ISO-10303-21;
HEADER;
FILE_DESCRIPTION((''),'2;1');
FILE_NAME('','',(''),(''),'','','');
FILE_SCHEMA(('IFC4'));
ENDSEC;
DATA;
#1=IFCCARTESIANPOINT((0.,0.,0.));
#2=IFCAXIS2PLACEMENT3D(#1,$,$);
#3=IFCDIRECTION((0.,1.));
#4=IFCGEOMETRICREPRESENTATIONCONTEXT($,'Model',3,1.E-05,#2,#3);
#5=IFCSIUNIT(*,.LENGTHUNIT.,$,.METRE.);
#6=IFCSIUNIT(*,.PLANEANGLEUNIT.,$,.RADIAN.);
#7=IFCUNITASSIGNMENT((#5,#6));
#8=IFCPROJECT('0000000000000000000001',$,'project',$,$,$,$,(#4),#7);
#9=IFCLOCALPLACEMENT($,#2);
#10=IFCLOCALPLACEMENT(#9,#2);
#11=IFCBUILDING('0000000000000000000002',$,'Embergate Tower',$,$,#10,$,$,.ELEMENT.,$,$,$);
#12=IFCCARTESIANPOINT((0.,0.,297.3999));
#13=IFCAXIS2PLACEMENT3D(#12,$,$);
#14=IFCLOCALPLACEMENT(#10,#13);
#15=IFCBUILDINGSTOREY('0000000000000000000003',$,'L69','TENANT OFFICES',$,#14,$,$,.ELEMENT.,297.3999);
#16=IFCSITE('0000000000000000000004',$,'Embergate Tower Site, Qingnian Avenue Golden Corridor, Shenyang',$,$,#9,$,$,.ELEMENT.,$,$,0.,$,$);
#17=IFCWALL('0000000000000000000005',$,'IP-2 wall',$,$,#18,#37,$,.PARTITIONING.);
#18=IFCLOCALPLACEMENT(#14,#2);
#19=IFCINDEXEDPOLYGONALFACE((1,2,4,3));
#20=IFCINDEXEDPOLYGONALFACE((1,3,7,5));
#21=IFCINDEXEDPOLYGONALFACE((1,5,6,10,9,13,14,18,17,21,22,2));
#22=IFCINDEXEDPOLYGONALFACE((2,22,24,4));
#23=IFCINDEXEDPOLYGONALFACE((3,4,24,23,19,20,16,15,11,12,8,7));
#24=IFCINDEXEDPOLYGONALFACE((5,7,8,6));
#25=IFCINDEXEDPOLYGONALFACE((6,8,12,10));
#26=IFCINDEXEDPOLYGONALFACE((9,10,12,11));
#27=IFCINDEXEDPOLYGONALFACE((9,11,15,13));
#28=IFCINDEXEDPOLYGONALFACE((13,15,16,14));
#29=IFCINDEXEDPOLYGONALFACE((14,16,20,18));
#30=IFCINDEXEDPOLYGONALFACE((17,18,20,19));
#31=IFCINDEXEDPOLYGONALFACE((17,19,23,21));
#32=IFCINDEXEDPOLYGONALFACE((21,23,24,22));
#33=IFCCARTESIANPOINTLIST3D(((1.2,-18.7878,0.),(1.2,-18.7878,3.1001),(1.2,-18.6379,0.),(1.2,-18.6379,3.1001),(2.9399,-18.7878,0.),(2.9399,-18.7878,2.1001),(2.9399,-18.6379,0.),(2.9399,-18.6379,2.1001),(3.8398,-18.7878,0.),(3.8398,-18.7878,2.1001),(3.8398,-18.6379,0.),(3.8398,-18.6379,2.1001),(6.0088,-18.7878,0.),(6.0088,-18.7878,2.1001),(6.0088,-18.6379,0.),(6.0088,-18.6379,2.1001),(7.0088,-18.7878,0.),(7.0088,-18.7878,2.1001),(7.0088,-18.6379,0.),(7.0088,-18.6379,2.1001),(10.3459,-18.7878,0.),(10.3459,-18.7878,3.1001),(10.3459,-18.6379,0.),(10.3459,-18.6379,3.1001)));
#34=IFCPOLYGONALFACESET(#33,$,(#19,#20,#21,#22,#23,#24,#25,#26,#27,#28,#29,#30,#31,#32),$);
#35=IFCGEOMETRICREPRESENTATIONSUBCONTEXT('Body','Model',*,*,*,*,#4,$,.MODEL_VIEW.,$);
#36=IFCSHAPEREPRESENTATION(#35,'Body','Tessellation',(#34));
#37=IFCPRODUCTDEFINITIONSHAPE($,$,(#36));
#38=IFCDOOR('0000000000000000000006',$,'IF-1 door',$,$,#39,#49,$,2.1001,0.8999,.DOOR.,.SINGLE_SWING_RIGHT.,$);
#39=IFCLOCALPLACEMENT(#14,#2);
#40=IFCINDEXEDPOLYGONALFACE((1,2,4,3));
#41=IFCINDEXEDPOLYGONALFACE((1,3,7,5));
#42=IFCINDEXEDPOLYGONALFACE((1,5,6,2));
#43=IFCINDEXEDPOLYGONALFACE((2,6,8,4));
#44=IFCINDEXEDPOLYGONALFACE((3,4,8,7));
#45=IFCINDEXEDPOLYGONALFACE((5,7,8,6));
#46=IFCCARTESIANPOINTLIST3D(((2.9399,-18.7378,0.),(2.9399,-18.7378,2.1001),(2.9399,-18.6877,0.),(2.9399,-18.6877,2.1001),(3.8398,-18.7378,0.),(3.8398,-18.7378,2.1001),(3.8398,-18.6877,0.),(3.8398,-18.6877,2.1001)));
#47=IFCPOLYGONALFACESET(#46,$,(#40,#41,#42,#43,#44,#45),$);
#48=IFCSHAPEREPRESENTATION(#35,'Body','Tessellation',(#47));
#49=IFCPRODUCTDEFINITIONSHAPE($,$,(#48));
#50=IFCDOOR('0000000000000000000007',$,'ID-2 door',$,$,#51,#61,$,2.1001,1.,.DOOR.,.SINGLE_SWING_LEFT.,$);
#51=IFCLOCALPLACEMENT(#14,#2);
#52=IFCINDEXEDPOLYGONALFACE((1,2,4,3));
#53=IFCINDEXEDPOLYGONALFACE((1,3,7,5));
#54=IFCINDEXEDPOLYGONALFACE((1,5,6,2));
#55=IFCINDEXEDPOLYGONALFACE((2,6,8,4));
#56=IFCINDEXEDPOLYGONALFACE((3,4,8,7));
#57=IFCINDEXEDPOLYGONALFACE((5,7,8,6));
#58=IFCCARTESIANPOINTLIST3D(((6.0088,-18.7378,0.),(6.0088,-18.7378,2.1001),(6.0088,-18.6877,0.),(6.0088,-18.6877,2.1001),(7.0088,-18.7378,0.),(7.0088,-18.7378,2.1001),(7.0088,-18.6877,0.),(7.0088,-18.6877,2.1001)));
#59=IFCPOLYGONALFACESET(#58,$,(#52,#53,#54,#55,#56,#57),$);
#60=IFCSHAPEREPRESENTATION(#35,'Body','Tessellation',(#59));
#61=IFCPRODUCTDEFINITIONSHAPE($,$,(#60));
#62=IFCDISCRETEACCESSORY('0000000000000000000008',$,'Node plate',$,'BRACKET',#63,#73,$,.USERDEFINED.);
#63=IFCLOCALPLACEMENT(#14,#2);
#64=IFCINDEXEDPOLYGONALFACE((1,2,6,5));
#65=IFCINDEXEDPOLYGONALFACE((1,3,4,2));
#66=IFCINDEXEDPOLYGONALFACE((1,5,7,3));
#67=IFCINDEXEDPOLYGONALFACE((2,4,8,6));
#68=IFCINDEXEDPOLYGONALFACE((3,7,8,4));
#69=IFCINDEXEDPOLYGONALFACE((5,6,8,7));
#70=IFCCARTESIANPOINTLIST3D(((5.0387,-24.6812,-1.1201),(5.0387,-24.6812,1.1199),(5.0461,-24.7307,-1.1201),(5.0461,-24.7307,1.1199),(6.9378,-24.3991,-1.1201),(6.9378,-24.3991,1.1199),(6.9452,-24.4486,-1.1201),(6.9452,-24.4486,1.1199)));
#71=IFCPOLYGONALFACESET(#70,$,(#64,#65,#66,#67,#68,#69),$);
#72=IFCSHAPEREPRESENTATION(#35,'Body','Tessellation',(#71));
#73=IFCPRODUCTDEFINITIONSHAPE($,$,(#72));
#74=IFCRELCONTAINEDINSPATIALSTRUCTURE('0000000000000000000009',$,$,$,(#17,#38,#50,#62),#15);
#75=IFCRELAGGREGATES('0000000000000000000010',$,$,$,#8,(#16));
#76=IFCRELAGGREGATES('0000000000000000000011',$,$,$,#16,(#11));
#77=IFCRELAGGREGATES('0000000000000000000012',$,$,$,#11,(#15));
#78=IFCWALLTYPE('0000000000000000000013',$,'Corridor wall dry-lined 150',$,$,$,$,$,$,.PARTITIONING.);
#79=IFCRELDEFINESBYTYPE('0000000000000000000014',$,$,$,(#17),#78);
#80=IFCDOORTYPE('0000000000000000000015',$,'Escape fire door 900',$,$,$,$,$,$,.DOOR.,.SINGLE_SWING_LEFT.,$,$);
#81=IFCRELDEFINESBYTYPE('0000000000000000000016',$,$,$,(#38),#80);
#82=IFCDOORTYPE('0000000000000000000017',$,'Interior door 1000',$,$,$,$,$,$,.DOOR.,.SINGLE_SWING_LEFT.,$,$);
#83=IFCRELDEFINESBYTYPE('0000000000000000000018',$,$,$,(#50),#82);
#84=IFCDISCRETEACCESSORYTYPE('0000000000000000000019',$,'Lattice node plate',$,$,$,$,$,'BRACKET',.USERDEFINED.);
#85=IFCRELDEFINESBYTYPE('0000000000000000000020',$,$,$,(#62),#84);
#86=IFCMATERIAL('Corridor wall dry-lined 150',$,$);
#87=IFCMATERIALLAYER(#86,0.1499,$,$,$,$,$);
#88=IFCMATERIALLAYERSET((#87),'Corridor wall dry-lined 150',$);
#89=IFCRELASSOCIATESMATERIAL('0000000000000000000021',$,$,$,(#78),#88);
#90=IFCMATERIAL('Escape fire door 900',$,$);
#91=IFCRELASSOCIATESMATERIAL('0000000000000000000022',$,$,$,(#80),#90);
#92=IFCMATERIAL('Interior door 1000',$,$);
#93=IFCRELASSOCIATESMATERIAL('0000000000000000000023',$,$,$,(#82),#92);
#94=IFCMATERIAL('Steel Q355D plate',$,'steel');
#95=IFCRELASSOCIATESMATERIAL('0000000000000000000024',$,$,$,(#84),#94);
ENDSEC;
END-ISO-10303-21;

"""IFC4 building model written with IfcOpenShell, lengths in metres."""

from ifc_helpers import new_model, si_unit, direction, frame, frame_2d, origin, origin_2d, place, context, subcontext, project, spatial, rectangle, extrude, source, transform, mapped, material, layer, layer_set, type_object, element, fill, save


model = new_model("IFC4")

# Units and contexts
model_context = context("Model", 3, precision=1e-05, world=origin(), true_north=direction((0.0, 1.0)))
body_context = subcontext(model_context, "Body", "Model", "MODEL_VIEW")
ifc_project = project(units=[si_unit("LENGTHUNIT", "METRE"), si_unit("PLANEANGLEUNIT", "RADIAN")], contexts=[model_context])

# Site, building, storey
site_placement = place(None, origin())
site = spatial("IfcSite", under=ifc_project, at=site_placement, Name="Embergate Tower Site, Qingnian Avenue Golden Corridor, Shenyang", CompositionType="ELEMENT", RefElevation=0.0)
building_placement = place(site_placement, origin())
building = spatial("IfcBuilding", under=site, at=building_placement, Name="Embergate Tower", CompositionType="ELEMENT")
storey_placement = place(building_placement, frame((0.0, 0.0, 297.3999)))
storey = spatial("IfcBuildingStorey", under=building, at=storey_placement, Name="L69", Description="TENANT OFFICES", CompositionType="ELEMENT", Elevation=297.3999)

# Wall, openings, doors
ifc_material_1 = material(Name="Corridor wall dry-lined 150")
ifc_layer_1 = layer(ifc_material_1, 0.1499)
ifc_layer_set_1 = layer_set([ifc_layer_1], Name="Corridor wall dry-lined 150")
wall_type = type_object("IfcWallType", Name="Corridor wall dry-lined 150", PredefinedType="PARTITIONING", material=ifc_layer_set_1)
shared_shape_1 = source(origin(), body_context, "Body", "SweptSolid", [
    extrude(rectangle(XDim=0.8999, YDim=2.1001, at=frame_2d((0.45, 1.05))), frame((0.0, 0.085, 0.0), z_axis=(0.0, -1.0, 0.0), x_axis=(1.0, 0.0, 0.0)), (0.0, 0.0, 1.0), 0.1699),
])
ifc_material_2 = material(Name="Escape fire door 900")
door_type_1 = type_object("IfcDoorType", Name="Escape fire door 900", OperationType="SINGLE_SWING_LEFT", PredefinedType="DOOR", material=ifc_material_2)
shared_shape_2 = source(origin(), body_context, "Body", "SweptSolid", [
    extrude(rectangle(XDim=0.8999, YDim=2.1001, at=frame_2d((0.45, 1.05))), frame((0.0, 0.0249, 0.0), z_axis=(0.0, -1.0, 0.0), x_axis=(1.0, 0.0, 0.0)), (0.0, 0.0, 1.0), 0.05),
])
shared_shape_3 = source(origin(), body_context, "Body", "SweptSolid", [
    extrude(rectangle(XDim=9.146, YDim=0.1499, at=frame_2d((4.573, 0.0))), origin(), (0.0, 0.0, 1.0), 3.1001),
])
wall_1_placement = place(storey_placement, frame((10.3459, -18.7129, 0.0), z_axis=(0.0, 0.0, 1.0), x_axis=(-1.0, 0.0, 0.0)))
wall_1 = element("IfcWall", 1, at=wall_1_placement, inside=storey, type_object=wall_type, Name="IP-2 wall", PredefinedType="PARTITIONING", context=body_context, shape_type="MappedRepresentation", body=[
    mapped(shared_shape_3, transform((0.0, 0.0, 0.0))),
])
opening_1_placement = place(wall_1_placement, frame((6.5061, 0.0, 0.0)))
opening_1 = element("IfcOpeningElement", 2, at=opening_1_placement, cuts=wall_1, PredefinedType="OPENING", context=body_context, shape_type="MappedRepresentation", body=[
    mapped(shared_shape_1, transform((0.0, 0.0, 0.0))),
])
shared_shape_4 = source(origin(), body_context, "Body", "SweptSolid", [
    extrude(rectangle(XDim=1.0, YDim=2.1001, at=frame_2d((0.5, 1.05))), frame((0.0, 0.085, 0.0), z_axis=(0.0, -1.0, 0.0), x_axis=(1.0, 0.0, 0.0)), (0.0, 0.0, 1.0), 0.1699),
])
opening_2_placement = place(wall_1_placement, frame((3.3372, 0.0, 0.0)))
opening_2 = element("IfcOpeningElement", 3, at=opening_2_placement, cuts=wall_1, PredefinedType="OPENING", context=body_context, shape_type="MappedRepresentation", body=[
    mapped(shared_shape_4, transform((0.0, 0.0, 0.0))),
])
door_1_placement = place(opening_1_placement, origin())
door_1 = element("IfcDoor", 4, at=door_1_placement, inside=storey, type_object=door_type_1, Name="IF-1 door", OperationType="SINGLE_SWING_RIGHT", OverallHeight=2.1001, OverallWidth=0.8999, PredefinedType="DOOR", context=body_context, shape_type="MappedRepresentation", body=[
    mapped(shared_shape_2, transform((0.0, 0.0, 0.0))),
])
fill(opening_1, door_1)
ifc_material_3 = material(Name="Interior door 1000")
door_type_2 = type_object("IfcDoorType", Name="Interior door 1000", OperationType="SINGLE_SWING_LEFT", PredefinedType="DOOR", material=ifc_material_3)
shared_shape_5 = source(origin(), body_context, "Body", "SweptSolid", [
    extrude(rectangle(XDim=1.0, YDim=2.1001, at=frame_2d((0.5, 1.05))), frame((0.0, 0.0249, 0.0), z_axis=(0.0, -1.0, 0.0), x_axis=(1.0, 0.0, 0.0)), (0.0, 0.0, 1.0), 0.05),
])
door_2_placement = place(opening_2_placement, origin())
door_2 = element("IfcDoor", 5, at=door_2_placement, inside=storey, type_object=door_type_2, Name="ID-2 door", OperationType="SINGLE_SWING_LEFT", OverallHeight=2.1001, OverallWidth=1.0, PredefinedType="DOOR", context=body_context, shape_type="MappedRepresentation", body=[
    mapped(shared_shape_5, transform((0.0, 0.0, 0.0))),
])
fill(opening_2, door_2)

# Discrete accessory
ifc_material_4 = material(Name="Steel Q355D plate", Category="steel")
discrete_accessory_type = type_object("IfcDiscreteAccessoryType", Name="Lattice node plate", ElementType="BRACKET", PredefinedType="USERDEFINED", material=ifc_material_4)
shared_shape_6 = source(origin(), body_context, "Body", "SweptSolid", [
    extrude(rectangle(XDim=1.9199, YDim=0.05, at=origin_2d()), origin(), (0.0, 0.0, 1.0), 2.24),
])
discrete_accessory_placement = place(storey_placement, frame((5.9919, -24.5649, -1.1201), z_axis=(0.0, 0.0, 1.0), x_axis=(0.989147, 0.146929, 0.0)))
element("IfcDiscreteAccessory", 6, at=discrete_accessory_placement, inside=storey, type_object=discrete_accessory_type, Name="Node plate", ObjectType="BRACKET", PredefinedType="USERDEFINED", context=body_context, shape_type="MappedRepresentation", body=[
    mapped(shared_shape_6, transform((0.0, 0.0, 0.0))),
])

save(model, "model.ifc")
